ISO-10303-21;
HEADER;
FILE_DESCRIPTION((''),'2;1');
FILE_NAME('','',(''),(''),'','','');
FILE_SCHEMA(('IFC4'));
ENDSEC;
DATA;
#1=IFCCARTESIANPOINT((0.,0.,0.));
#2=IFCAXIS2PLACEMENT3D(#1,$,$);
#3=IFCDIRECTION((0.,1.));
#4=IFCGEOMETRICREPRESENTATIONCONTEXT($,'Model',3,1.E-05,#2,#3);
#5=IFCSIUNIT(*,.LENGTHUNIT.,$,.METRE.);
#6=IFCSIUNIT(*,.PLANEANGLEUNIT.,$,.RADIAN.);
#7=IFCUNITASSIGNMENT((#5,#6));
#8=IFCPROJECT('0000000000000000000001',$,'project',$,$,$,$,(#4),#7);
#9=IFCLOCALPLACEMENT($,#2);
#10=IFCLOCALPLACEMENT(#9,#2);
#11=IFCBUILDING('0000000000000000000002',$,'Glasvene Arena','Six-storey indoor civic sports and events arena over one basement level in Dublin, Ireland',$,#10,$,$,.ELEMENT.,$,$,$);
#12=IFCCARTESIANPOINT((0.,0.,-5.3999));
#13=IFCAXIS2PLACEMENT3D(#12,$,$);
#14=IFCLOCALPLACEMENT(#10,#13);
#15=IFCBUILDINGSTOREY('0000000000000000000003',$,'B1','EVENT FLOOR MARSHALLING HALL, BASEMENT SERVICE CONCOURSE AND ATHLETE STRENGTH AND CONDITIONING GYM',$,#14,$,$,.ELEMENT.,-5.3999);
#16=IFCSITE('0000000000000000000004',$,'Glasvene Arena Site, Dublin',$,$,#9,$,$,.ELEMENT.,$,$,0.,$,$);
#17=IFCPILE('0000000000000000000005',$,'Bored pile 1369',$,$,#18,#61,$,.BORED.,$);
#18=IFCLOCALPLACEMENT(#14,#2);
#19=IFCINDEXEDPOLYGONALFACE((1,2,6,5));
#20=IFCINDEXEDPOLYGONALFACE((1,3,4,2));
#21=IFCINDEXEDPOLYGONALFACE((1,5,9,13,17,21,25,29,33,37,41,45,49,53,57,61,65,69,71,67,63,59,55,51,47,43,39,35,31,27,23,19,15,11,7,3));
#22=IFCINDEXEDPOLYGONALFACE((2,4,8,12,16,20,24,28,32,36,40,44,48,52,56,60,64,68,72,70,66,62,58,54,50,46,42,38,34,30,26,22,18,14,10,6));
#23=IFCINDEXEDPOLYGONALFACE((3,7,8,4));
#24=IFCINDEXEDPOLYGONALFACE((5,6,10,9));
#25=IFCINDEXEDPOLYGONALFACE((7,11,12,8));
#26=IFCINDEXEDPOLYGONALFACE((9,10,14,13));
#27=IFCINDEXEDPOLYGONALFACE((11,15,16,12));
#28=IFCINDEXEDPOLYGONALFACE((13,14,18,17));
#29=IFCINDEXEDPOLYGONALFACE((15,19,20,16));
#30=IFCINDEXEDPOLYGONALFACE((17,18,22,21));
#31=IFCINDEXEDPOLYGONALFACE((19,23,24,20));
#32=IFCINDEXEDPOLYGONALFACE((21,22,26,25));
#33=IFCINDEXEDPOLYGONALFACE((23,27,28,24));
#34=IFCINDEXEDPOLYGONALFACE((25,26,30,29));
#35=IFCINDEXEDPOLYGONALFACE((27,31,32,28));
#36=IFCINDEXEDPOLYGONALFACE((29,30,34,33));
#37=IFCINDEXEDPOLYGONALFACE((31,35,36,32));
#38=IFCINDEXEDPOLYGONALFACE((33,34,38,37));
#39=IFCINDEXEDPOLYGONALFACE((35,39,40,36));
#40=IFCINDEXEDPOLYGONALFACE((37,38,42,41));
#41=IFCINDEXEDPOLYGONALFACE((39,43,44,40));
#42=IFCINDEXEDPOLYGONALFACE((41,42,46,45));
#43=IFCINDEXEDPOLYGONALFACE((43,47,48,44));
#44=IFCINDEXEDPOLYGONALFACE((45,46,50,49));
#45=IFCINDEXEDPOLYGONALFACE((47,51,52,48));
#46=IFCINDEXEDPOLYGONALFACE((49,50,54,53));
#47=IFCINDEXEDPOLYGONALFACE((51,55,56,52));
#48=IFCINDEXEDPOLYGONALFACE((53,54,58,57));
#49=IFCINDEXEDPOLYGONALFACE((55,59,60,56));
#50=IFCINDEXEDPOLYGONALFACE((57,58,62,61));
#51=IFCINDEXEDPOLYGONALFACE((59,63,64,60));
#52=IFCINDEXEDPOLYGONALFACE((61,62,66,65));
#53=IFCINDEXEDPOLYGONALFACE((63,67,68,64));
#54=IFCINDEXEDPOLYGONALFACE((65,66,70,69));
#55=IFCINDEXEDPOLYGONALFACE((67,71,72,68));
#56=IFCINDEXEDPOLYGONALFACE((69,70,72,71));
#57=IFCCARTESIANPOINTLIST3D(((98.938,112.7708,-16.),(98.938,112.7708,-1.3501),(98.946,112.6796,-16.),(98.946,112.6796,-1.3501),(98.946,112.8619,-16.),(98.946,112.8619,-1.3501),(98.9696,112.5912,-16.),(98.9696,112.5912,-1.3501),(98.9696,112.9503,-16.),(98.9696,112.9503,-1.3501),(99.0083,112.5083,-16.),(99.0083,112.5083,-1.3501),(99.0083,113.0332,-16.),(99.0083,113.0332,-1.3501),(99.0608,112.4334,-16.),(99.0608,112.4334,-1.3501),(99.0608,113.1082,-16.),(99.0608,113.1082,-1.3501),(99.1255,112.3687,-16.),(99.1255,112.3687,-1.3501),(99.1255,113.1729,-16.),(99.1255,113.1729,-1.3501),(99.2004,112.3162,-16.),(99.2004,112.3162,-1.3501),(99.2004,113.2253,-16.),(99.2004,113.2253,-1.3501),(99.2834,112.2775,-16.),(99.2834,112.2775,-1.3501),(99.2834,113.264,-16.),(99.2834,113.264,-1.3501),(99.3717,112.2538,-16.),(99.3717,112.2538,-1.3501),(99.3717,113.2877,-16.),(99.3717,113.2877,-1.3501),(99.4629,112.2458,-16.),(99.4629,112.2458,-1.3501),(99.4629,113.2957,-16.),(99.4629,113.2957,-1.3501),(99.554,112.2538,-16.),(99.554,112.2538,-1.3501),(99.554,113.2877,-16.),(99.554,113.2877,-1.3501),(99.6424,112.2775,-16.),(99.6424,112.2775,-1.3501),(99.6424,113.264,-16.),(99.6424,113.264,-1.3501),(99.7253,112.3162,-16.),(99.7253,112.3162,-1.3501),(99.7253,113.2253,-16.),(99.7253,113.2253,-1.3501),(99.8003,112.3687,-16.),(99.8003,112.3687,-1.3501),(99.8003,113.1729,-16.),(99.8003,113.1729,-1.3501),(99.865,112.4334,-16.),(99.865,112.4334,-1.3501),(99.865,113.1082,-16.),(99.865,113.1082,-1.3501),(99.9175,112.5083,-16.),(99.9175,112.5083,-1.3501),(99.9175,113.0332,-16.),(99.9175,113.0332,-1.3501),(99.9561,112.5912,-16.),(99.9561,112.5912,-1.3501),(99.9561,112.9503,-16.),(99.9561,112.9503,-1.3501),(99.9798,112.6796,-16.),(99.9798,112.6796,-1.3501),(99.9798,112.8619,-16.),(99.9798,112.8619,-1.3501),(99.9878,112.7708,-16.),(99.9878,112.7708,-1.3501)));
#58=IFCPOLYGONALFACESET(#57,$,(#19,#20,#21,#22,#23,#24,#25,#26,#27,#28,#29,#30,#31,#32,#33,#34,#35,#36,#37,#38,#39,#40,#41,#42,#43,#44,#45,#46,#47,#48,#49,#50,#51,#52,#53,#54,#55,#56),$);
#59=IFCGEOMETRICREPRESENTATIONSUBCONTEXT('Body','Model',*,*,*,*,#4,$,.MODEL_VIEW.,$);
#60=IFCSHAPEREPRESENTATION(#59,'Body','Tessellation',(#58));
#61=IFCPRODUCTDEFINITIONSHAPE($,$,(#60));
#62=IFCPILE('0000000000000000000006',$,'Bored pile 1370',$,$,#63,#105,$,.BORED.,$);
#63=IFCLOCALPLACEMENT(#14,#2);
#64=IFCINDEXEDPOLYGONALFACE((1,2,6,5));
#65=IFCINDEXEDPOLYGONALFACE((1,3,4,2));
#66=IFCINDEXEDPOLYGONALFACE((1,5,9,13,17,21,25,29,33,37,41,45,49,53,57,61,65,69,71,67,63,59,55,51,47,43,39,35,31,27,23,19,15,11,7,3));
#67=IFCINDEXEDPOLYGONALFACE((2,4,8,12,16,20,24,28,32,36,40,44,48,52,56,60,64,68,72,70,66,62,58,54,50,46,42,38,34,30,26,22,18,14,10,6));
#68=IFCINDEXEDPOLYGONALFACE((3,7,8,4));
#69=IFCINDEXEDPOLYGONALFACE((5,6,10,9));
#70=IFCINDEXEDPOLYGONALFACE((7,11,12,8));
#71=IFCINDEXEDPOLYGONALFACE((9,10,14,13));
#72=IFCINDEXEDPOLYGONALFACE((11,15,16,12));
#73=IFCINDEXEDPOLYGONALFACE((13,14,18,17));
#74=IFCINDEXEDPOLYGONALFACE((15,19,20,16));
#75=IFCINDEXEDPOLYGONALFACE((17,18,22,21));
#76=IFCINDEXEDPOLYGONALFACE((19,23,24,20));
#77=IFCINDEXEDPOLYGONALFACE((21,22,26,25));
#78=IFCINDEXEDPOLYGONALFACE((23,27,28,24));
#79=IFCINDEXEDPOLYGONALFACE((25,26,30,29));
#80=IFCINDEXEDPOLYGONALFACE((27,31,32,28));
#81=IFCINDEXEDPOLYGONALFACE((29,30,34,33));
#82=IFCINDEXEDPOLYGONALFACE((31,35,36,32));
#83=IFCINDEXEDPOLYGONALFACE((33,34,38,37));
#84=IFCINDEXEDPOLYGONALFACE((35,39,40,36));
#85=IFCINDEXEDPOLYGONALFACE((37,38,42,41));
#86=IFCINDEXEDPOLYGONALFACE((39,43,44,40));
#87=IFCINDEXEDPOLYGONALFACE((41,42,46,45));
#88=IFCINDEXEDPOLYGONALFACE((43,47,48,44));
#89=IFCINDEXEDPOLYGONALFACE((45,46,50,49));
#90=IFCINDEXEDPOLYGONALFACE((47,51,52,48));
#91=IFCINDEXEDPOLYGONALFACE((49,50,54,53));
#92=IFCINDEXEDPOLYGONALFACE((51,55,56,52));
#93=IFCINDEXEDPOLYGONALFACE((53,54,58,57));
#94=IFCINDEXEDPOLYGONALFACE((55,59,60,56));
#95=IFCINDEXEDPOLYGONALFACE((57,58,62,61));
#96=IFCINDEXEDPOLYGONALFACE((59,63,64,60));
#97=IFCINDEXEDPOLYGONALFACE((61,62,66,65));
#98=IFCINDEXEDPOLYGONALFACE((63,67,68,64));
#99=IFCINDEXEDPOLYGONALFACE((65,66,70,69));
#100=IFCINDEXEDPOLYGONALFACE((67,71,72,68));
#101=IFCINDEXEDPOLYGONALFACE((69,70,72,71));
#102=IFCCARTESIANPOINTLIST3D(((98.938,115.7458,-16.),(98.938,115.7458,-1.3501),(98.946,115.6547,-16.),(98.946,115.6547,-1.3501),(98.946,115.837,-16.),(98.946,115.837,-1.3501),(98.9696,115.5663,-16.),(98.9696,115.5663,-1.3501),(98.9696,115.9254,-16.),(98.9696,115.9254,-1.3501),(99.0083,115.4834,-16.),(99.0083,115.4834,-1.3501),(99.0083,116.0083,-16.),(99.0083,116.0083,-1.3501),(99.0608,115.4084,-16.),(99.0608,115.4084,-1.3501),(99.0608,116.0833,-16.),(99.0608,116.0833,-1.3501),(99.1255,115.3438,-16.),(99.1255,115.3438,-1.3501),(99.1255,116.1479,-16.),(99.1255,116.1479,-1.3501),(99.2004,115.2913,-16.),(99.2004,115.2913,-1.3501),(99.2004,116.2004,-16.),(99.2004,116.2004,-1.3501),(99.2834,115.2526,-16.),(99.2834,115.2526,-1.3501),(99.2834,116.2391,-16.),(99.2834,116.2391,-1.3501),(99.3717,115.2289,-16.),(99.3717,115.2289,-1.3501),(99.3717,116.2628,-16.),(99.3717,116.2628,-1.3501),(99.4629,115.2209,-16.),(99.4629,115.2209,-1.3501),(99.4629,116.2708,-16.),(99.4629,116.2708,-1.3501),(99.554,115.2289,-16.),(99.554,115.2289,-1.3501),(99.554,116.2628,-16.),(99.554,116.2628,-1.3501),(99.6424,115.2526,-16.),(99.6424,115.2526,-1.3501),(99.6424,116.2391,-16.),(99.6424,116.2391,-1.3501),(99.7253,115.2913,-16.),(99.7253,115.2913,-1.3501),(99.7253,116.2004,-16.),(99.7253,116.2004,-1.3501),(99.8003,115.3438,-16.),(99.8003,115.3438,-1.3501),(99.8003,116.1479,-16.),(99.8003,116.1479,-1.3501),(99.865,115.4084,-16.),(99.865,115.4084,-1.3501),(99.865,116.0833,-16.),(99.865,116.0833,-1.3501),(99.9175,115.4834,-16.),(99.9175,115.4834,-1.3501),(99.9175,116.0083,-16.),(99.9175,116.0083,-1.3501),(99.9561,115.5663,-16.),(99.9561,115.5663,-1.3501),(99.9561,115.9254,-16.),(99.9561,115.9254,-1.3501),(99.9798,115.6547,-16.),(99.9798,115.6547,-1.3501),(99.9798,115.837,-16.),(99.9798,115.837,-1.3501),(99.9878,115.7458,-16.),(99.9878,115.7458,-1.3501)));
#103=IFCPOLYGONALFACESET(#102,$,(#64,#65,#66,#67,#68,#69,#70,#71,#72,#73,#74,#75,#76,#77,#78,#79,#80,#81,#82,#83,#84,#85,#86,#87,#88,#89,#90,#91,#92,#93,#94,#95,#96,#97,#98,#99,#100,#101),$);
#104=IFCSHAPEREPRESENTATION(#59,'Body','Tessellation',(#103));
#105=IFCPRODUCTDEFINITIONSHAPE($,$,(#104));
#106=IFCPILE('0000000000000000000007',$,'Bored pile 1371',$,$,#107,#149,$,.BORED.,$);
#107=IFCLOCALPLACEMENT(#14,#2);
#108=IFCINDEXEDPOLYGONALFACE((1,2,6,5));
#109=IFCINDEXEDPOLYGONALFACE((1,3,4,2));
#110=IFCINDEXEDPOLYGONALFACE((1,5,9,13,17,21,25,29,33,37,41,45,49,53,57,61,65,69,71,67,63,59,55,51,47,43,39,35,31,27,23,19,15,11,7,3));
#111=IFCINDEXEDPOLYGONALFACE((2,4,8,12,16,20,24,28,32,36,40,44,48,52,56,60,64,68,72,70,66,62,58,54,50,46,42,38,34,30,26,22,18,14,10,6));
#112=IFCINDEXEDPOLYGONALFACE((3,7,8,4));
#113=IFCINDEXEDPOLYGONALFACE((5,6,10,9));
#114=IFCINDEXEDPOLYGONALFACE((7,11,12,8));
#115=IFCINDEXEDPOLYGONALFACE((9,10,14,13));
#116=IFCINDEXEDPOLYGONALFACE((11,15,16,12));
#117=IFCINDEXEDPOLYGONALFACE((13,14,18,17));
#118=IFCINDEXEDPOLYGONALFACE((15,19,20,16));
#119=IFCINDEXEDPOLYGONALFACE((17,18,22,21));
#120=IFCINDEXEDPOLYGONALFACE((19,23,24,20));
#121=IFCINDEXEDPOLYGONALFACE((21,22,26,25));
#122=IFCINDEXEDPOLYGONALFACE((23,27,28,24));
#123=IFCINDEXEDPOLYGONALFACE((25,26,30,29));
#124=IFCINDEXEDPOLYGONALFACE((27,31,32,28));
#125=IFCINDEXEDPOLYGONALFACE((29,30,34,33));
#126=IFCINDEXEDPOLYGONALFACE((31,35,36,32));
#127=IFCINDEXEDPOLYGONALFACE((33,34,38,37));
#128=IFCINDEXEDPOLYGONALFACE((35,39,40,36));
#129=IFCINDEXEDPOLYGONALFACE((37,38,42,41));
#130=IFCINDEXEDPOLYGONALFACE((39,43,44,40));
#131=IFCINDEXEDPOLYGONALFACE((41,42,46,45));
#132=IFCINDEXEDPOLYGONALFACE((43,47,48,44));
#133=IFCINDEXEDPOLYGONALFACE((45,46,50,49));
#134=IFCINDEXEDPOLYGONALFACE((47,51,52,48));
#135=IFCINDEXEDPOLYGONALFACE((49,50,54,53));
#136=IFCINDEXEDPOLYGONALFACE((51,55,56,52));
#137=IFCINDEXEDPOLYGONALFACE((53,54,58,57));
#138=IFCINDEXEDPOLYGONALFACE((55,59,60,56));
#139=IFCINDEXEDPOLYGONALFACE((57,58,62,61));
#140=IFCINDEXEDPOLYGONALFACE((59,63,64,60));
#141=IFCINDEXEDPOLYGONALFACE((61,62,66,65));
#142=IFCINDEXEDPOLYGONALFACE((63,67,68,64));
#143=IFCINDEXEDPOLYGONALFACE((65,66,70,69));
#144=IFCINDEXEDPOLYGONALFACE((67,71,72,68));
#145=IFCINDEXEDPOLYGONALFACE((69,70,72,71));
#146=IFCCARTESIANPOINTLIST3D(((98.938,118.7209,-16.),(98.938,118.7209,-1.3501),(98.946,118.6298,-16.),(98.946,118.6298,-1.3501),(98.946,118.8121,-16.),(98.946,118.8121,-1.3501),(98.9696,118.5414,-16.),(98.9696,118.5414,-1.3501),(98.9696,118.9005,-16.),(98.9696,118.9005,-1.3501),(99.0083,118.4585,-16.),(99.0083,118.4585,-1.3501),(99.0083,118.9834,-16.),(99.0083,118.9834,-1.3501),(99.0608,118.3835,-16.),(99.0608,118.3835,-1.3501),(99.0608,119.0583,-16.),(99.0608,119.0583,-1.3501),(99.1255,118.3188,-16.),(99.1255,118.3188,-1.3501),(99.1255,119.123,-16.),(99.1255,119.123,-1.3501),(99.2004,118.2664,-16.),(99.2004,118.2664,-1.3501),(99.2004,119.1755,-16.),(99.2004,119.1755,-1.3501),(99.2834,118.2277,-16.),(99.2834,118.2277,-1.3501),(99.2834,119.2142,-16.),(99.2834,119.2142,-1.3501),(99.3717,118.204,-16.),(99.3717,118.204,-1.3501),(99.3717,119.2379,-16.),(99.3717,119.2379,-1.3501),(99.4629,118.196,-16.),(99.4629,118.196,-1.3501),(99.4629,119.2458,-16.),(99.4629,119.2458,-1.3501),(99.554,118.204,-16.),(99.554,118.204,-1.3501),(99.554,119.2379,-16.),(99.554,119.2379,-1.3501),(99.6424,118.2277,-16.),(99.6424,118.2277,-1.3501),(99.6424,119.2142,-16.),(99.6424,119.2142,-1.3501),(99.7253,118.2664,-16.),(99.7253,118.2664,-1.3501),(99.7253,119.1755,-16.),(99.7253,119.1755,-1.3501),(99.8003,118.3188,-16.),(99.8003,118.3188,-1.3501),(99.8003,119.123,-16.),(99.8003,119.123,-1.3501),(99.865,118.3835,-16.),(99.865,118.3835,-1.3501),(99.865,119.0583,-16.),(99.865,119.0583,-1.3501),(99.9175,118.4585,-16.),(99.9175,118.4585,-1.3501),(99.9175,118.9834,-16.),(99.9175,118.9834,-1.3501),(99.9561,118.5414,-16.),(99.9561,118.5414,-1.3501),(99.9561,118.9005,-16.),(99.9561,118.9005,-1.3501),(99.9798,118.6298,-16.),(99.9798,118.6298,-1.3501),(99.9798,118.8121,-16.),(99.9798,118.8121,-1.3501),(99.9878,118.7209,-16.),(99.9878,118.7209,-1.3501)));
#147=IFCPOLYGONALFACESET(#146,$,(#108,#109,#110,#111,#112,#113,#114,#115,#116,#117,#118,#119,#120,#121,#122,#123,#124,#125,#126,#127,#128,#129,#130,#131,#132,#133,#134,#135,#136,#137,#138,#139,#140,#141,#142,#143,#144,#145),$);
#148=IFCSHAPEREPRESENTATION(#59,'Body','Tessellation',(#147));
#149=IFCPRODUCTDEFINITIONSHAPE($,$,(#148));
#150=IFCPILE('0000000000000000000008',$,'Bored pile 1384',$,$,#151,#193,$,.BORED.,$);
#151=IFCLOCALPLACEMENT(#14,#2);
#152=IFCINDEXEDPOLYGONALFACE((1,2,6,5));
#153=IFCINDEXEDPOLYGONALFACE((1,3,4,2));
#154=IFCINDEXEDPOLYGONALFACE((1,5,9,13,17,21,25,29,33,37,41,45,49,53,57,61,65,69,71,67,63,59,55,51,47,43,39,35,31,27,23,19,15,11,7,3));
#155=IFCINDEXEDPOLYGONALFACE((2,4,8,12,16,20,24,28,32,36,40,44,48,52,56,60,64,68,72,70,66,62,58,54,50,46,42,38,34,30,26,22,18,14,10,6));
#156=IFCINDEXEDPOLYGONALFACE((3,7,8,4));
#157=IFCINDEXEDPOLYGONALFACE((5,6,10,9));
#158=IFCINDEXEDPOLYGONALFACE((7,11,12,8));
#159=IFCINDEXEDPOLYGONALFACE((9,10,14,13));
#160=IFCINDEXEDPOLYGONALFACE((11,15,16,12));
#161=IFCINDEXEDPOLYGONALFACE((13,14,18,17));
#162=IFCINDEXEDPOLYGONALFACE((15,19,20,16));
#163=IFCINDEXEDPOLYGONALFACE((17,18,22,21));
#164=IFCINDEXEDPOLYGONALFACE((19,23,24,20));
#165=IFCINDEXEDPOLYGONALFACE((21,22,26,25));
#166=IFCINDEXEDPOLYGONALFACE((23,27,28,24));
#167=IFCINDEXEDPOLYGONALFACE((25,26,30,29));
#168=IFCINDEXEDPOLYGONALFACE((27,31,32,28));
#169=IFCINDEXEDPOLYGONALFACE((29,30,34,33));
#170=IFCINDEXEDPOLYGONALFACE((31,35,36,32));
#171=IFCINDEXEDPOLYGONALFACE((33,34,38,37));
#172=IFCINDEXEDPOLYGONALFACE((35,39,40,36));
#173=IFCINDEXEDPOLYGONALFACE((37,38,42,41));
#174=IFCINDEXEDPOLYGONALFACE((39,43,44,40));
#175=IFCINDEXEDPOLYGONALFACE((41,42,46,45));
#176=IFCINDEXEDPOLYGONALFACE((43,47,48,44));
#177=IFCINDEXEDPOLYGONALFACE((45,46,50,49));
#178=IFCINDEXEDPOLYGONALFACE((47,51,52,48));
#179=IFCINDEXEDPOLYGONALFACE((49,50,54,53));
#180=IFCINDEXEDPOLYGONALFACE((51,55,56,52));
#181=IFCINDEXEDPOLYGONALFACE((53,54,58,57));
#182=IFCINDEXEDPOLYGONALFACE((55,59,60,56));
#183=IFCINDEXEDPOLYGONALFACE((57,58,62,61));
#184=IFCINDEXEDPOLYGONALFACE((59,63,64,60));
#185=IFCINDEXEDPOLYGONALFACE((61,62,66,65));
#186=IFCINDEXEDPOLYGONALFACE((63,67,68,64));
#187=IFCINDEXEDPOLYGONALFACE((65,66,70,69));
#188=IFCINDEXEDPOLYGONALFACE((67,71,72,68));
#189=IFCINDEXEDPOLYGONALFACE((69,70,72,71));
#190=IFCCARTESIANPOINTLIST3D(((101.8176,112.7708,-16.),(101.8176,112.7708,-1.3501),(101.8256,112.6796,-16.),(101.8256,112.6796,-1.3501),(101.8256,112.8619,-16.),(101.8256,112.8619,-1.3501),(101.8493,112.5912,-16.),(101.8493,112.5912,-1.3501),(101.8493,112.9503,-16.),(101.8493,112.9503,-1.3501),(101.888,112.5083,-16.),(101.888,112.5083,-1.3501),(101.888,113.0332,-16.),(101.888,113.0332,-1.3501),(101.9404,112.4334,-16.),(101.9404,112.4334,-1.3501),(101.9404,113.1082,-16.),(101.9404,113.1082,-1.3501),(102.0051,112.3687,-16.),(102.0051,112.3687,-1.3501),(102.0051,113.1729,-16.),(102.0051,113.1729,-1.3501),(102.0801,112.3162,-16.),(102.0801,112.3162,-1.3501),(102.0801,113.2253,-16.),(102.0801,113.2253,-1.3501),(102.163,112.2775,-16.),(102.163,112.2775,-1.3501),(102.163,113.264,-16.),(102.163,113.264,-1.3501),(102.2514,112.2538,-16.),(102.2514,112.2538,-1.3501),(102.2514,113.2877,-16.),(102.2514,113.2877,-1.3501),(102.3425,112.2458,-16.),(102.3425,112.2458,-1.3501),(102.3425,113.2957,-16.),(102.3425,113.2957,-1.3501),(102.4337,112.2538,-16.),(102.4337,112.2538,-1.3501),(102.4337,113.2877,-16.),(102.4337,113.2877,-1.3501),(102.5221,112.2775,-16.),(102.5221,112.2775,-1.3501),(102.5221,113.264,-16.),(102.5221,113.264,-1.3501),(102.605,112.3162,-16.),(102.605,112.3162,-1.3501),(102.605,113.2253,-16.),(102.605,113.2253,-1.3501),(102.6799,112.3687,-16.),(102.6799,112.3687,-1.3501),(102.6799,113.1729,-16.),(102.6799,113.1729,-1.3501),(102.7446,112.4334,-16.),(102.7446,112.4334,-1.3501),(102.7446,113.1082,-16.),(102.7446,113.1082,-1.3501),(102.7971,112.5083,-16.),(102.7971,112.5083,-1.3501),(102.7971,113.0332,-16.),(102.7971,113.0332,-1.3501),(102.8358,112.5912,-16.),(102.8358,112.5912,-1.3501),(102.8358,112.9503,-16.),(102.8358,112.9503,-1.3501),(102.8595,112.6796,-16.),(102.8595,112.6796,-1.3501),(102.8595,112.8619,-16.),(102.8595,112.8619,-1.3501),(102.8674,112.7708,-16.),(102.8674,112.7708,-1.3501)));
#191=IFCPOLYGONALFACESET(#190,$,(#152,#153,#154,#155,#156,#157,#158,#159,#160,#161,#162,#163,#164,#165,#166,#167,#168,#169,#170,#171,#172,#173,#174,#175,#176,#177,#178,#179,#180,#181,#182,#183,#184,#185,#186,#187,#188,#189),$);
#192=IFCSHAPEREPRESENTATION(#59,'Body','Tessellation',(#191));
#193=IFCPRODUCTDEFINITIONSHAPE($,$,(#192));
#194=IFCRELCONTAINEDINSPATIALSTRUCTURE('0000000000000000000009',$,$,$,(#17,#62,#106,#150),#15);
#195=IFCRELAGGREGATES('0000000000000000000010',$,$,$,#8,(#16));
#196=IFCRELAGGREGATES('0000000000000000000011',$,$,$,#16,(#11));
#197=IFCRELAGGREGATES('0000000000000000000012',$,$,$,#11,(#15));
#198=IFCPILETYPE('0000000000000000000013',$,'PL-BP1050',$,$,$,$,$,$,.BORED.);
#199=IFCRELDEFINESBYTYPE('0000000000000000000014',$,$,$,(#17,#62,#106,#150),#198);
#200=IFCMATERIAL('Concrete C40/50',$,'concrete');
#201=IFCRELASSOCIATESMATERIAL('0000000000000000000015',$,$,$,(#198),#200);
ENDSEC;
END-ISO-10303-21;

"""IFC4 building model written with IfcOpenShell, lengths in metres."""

from ifc_helpers import new_model, si_unit, direction, frame, origin, origin_2d, place, context, subcontext, project, spatial, circle, extrude, material, material_profile, profile_set, type_object, element, save


model = new_model("IFC4")

# Units and contexts
model_context = context("Model", 3, precision=1e-05, world=origin(), true_north=direction((0.0, 1.0)))
body_context = subcontext(model_context, "Body", "Model", "MODEL_VIEW")
ifc_project = project(units=[si_unit("LENGTHUNIT", "METRE"), si_unit("PLANEANGLEUNIT", "RADIAN")], contexts=[model_context])

# Site, building, storey
site_placement = place(None, origin())
site = spatial("IfcSite", under=ifc_project, at=site_placement, Name="Glasvene Arena Site, Dublin", CompositionType="ELEMENT", RefElevation=0.0)
building_placement = place(site_placement, origin())
building = spatial("IfcBuilding", under=site, at=building_placement, Name="Glasvene Arena", Description="Six-storey indoor civic sports and events arena over one basement level in Dublin, Ireland", CompositionType="ELEMENT")
storey_placement = place(building_placement, frame((0.0, 0.0, -5.3999)))
storey = spatial("IfcBuildingStorey", under=building, at=storey_placement, Name="B1", Description="EVENT FLOOR MARSHALLING HALL, BASEMENT SERVICE CONCOURSE AND ATHLETE STRENGTH AND CONDITIONING GYM", CompositionType="ELEMENT", Elevation=-5.3999)

# Shared definitions
ifc_material_1 = material(Name="Concrete C40/50", Category="concrete")

# Piles
ifc_material_profile_1 = material_profile(ifc_material_1, circle(Radius=0.5249, at=origin_2d()), Name="BORED PILE 1050")
ifc_profile_set_1 = profile_set([ifc_material_profile_1], Name="Concrete C40/50")
pile_type_1 = type_object("IfcPileType", Name="PL-BP1050", PredefinedType="BORED", material=ifc_profile_set_1)
for number, where, z_axis, x_axis, name in (
    (1, (99.4629, 112.7708, -1.3501), (0.0, 0.0, -1.0), (1.0, 0.0, 0.0), "Bored pile 1369"),
    (2, (99.4629, 115.7458, -1.3501), (0.0, 0.0, -1.0), (1.0, 0.0, 0.0), "Bored pile 1370"),
    (3, (99.4629, 118.7209, -1.3501), (0.0, 0.0, -1.0), (1.0, 0.0, 0.0), "Bored pile 1371"),
    (4, (102.3425, 112.7708, -1.3501), (0.0, 0.0, -1.0), (1.0, 0.0, 0.0), "Bored pile 1384"),
):
    element("IfcPile", number, at=place(storey_placement, frame(where, z_axis=z_axis, x_axis=x_axis)), inside=storey, type_object=pile_type_1, Name=name, PredefinedType="BORED", context=body_context, shape_type="SweptSolid", body=[
        extrude(circle(Radius=0.5249, at=origin_2d()), origin(), (0.0, 0.0, 1.0), 14.6499),
    ])

save(model, "model.ifc")
